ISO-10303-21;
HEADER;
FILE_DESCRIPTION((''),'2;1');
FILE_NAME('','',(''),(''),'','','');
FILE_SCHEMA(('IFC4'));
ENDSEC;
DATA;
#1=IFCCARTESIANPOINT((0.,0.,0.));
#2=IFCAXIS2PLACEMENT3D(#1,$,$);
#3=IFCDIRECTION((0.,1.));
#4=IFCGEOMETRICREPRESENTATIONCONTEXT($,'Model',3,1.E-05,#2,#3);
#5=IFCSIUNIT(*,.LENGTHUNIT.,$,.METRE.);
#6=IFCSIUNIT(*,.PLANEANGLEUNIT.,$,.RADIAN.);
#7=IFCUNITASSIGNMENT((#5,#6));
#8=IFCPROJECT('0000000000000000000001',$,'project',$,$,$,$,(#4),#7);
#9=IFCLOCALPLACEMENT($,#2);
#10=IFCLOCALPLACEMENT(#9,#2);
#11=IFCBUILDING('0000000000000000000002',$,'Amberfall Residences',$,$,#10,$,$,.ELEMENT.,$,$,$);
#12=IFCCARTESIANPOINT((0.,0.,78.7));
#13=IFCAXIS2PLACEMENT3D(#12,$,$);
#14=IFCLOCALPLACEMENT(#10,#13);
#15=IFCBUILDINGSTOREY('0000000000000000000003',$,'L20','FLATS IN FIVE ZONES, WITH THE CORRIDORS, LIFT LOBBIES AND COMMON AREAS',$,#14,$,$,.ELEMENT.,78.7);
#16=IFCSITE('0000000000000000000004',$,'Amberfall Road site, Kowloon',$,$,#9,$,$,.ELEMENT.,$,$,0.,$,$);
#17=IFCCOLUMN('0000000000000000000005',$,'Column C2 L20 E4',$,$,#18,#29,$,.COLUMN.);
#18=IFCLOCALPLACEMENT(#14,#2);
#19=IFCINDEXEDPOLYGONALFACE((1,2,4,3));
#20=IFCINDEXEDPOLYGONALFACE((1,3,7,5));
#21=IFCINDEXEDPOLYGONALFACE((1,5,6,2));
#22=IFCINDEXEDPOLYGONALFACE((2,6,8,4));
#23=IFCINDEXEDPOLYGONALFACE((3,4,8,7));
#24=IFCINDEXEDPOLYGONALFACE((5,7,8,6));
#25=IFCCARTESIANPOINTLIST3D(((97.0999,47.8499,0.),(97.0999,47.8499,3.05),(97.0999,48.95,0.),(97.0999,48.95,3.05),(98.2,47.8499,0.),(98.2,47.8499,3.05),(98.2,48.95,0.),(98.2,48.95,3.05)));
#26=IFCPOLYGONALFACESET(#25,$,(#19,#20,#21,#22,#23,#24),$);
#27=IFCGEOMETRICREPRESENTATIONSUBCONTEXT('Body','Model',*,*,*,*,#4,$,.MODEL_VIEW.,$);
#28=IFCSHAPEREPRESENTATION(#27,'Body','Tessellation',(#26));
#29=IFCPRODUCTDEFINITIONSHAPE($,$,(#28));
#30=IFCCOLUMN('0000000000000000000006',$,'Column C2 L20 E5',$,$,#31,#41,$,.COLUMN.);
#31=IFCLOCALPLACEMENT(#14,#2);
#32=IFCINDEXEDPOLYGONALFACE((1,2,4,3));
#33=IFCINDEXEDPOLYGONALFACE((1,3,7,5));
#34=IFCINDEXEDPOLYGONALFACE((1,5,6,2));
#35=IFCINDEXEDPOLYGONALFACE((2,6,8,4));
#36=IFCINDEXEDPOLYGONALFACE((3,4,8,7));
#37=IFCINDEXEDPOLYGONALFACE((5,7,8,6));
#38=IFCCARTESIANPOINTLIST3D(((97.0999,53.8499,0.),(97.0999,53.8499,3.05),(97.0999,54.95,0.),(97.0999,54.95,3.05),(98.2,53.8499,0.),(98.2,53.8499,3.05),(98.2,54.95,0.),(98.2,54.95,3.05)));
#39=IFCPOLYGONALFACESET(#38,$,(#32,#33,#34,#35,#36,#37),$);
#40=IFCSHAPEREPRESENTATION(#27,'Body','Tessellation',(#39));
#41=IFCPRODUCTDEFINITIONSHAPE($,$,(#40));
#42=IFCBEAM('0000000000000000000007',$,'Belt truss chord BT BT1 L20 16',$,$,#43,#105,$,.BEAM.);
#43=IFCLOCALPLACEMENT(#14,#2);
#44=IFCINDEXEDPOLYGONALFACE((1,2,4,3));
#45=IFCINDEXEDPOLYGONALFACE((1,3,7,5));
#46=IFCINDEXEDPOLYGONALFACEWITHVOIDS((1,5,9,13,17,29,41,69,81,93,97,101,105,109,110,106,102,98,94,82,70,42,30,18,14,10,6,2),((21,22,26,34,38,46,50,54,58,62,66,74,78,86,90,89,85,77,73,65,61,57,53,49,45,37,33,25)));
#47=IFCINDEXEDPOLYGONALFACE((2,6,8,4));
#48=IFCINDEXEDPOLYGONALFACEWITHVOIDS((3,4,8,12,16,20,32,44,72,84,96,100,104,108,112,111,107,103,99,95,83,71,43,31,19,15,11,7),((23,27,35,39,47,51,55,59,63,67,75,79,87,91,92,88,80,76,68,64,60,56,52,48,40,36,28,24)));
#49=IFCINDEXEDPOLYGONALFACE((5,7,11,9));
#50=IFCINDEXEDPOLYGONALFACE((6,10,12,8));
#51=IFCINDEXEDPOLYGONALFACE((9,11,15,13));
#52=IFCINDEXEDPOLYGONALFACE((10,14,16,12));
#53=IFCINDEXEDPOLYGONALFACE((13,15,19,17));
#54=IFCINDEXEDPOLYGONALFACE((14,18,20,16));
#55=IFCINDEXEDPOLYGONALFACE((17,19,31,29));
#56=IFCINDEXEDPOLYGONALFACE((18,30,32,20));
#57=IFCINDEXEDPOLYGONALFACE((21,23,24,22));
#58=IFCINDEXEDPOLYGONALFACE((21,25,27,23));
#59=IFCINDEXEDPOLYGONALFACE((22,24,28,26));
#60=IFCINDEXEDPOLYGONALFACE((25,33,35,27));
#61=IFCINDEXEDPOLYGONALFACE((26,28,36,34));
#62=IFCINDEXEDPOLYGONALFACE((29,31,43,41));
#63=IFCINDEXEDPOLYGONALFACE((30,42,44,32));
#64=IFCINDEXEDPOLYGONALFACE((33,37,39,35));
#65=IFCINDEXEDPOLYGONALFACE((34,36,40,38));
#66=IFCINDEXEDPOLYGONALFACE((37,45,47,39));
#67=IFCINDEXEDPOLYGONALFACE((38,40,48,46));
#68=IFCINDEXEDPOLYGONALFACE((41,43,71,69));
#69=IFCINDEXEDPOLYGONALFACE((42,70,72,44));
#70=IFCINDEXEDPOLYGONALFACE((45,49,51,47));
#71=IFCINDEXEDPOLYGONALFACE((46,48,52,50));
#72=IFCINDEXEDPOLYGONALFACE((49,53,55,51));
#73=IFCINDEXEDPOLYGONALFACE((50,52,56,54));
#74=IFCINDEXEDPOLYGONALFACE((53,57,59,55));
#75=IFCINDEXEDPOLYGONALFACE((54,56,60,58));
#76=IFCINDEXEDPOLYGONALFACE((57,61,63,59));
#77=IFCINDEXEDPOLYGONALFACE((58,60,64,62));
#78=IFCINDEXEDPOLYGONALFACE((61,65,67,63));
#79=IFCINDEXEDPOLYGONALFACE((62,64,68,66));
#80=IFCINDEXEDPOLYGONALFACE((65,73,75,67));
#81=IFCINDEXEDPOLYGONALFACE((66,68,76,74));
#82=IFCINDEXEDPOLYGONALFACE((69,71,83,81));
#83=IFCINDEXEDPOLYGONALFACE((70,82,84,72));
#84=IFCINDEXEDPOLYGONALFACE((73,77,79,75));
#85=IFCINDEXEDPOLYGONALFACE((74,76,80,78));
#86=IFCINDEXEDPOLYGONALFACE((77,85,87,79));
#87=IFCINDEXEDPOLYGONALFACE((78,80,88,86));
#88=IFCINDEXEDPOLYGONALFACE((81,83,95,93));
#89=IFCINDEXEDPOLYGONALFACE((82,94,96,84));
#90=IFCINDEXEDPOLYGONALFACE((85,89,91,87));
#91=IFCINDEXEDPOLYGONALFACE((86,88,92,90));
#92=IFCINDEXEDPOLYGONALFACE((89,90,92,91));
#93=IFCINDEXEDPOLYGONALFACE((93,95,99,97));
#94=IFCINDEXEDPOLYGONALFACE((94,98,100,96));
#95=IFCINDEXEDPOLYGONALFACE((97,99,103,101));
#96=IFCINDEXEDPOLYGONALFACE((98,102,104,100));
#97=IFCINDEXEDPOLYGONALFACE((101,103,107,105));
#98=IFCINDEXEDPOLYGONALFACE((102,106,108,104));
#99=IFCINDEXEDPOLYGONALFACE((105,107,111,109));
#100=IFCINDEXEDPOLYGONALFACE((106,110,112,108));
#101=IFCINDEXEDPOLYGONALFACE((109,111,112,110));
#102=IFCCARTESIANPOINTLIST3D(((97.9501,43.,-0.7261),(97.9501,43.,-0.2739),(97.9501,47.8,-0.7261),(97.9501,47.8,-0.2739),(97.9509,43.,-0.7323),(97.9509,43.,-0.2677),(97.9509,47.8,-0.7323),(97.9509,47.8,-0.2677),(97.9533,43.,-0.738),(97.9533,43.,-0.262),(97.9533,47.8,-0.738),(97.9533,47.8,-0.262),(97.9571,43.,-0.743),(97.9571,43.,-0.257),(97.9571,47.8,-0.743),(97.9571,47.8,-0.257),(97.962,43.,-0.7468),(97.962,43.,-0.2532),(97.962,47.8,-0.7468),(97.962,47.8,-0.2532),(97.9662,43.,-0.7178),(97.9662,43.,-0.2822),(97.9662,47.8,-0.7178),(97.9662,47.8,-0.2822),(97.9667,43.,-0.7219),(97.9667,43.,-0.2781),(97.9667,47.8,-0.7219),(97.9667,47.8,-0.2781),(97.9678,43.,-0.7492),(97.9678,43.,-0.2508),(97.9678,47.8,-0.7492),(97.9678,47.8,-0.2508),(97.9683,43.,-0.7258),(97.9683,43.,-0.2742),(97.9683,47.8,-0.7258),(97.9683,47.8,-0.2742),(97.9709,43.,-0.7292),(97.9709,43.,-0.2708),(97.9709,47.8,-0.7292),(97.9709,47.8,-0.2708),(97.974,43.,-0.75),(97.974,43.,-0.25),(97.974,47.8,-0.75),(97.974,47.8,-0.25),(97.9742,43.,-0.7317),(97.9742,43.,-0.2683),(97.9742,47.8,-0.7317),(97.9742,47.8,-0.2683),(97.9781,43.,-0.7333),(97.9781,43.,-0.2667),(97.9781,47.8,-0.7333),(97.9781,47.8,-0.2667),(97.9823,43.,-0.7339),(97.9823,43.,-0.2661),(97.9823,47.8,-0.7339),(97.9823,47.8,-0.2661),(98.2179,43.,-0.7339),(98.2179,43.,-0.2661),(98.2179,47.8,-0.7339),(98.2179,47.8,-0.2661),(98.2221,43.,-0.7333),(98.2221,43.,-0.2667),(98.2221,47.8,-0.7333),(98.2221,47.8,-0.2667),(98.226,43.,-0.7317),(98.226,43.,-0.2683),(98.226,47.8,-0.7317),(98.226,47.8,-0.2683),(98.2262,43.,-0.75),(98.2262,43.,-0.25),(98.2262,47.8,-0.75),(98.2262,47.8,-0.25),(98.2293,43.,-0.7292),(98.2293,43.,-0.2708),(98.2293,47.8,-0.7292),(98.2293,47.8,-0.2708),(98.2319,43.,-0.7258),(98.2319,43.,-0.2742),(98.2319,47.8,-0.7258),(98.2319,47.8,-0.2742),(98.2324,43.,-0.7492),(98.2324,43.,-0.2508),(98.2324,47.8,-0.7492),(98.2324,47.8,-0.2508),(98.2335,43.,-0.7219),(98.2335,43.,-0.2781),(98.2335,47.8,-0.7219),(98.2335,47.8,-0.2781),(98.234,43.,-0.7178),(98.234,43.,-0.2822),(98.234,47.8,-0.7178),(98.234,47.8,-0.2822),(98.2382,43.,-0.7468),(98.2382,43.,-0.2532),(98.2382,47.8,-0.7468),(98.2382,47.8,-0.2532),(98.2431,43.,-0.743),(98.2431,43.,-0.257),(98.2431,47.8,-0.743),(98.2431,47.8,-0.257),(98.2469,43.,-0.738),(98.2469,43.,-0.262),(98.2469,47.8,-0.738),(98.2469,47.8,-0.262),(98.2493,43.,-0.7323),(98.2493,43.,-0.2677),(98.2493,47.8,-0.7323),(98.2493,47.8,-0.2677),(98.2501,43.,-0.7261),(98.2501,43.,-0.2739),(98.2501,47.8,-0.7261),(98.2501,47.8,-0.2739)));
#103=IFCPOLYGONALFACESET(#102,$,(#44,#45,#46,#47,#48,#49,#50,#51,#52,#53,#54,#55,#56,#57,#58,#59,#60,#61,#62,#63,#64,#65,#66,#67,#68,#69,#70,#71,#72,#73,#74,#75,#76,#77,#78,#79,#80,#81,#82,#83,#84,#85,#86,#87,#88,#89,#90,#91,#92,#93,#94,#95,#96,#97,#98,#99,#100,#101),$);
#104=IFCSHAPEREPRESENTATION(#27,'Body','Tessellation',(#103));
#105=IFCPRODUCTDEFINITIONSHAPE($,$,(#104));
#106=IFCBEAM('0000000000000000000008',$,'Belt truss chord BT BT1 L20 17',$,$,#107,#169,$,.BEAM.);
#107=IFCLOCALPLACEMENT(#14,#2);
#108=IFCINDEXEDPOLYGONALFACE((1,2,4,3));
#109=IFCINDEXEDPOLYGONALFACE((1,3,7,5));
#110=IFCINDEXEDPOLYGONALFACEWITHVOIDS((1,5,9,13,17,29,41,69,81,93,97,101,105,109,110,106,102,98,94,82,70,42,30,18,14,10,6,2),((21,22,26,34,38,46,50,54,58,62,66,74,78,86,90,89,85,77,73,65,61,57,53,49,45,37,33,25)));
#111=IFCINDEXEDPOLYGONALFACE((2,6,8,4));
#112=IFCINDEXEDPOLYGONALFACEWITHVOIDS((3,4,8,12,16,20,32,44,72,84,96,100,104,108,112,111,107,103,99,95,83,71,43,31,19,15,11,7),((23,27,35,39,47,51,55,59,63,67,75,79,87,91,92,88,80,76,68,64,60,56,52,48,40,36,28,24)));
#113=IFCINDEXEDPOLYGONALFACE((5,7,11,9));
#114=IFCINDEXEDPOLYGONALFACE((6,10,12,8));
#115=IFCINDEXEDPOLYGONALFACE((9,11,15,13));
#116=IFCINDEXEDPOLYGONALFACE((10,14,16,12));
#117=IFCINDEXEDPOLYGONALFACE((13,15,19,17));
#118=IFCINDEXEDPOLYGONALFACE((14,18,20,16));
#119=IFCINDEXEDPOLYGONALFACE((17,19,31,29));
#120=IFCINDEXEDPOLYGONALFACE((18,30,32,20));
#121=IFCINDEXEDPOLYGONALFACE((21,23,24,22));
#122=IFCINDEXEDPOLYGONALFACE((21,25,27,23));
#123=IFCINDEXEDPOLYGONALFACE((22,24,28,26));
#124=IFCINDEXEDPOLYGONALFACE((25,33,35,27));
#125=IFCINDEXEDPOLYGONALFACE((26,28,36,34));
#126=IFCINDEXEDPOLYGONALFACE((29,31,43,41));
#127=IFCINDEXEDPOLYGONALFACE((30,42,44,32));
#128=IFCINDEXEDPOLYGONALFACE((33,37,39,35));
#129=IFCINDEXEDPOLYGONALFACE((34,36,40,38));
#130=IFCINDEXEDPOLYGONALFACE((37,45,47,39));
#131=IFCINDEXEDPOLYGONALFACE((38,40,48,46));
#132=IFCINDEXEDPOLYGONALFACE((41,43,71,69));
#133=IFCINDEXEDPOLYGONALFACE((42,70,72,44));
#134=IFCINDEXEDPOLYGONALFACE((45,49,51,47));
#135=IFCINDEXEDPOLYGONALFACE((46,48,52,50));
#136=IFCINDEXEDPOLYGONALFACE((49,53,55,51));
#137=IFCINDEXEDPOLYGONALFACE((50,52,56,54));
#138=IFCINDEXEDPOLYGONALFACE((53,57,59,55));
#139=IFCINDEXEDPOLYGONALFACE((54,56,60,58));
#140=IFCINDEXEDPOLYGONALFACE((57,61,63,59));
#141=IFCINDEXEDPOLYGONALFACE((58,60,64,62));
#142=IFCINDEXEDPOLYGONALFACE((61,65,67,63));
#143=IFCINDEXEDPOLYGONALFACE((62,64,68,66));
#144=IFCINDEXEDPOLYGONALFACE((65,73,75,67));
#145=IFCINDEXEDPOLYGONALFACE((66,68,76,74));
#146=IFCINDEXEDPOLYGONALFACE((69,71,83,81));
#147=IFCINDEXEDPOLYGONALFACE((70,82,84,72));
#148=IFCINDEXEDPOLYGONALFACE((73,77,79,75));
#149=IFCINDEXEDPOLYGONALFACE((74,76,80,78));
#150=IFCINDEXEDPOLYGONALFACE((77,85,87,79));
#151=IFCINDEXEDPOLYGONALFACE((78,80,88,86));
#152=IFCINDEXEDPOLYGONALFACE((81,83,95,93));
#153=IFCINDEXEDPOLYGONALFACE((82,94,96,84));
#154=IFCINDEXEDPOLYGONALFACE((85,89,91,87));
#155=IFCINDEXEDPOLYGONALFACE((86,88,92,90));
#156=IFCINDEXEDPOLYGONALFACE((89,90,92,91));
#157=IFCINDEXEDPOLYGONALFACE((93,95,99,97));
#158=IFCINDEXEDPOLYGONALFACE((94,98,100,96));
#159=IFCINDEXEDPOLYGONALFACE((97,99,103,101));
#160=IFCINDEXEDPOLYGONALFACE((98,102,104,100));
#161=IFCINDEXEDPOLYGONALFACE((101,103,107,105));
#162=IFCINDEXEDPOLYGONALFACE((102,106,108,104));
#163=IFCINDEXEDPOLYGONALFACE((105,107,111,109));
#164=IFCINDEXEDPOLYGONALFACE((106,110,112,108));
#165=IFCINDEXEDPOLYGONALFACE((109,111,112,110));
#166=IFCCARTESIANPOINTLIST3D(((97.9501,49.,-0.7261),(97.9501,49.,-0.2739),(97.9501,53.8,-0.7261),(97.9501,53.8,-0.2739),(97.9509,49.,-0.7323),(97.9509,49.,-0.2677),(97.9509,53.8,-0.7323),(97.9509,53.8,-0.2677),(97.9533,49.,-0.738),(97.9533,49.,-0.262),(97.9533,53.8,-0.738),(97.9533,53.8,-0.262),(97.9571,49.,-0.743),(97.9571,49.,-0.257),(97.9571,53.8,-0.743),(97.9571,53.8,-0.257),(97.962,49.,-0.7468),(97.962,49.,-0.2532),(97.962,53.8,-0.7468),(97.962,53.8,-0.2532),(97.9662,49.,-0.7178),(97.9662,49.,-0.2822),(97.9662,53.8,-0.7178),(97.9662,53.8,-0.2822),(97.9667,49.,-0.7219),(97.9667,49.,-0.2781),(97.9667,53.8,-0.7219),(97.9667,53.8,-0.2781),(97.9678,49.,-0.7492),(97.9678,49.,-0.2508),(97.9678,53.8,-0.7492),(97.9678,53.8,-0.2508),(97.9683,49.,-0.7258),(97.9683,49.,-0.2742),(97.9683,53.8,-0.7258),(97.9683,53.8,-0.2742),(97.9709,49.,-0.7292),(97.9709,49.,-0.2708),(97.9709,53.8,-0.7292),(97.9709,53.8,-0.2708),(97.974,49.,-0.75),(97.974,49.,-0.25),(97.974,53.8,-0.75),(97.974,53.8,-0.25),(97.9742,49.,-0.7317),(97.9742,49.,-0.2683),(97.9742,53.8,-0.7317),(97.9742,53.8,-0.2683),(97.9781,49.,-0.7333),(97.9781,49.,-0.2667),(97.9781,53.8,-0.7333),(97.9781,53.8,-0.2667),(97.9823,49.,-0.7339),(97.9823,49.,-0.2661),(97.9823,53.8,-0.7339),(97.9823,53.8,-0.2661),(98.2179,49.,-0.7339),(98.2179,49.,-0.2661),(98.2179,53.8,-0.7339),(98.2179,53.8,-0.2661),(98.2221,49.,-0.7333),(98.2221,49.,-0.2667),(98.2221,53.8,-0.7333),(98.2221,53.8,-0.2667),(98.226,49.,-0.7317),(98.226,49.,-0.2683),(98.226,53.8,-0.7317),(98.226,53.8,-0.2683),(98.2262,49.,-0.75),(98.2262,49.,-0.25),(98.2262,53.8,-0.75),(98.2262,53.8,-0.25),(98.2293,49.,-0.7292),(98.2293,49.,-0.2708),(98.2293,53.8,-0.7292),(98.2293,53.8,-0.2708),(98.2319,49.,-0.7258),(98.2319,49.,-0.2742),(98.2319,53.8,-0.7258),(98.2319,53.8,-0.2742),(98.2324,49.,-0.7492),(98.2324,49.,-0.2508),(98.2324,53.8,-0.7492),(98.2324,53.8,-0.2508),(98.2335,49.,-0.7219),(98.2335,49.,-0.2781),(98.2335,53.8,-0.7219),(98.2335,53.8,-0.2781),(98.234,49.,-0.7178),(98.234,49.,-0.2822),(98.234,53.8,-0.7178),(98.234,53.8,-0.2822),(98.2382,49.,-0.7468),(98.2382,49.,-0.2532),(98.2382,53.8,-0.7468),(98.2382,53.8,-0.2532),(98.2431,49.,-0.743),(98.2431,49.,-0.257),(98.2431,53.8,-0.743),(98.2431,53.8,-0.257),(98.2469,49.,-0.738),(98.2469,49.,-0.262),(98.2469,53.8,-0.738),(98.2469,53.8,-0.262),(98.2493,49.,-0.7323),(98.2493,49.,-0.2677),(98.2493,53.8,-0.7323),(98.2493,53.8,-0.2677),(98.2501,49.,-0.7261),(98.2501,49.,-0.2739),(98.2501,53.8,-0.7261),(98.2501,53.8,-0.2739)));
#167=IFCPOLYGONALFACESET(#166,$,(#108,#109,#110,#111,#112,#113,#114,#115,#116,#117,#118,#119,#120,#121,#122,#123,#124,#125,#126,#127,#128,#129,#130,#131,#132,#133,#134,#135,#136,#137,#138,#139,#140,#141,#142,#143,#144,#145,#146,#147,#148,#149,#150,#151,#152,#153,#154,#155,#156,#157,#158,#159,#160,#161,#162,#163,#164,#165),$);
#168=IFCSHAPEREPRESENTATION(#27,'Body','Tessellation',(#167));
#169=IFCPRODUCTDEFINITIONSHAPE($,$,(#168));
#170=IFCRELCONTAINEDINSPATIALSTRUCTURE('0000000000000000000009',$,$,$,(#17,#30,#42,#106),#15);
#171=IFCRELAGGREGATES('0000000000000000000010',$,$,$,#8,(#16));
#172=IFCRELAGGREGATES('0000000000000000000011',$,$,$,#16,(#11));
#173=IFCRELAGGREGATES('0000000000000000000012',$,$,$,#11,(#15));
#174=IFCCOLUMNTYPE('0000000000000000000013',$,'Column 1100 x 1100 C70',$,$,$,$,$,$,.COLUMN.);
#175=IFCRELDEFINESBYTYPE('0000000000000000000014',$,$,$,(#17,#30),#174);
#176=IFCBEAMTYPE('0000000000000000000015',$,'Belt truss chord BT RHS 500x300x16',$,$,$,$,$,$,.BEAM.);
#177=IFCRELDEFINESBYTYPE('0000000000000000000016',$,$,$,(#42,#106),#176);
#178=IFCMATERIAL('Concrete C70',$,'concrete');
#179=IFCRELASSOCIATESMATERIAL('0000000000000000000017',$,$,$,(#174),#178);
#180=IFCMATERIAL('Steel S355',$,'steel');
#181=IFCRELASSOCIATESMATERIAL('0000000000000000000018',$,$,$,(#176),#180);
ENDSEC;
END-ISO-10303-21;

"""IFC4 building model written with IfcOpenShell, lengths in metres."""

from ifc_helpers import new_model, si_unit, direction, frame, origin, origin_2d, place, context, subcontext, project, spatial, rectangle, hollow_rectangle, extrude, material, material_profile, profile_set, type_object, element, save


model = new_model("IFC4")

# Units and contexts
model_context = context("Model", 3, precision=1e-05, world=origin(), true_north=direction((0.0, 1.0)))
body_context = subcontext(model_context, "Body", "Model", "MODEL_VIEW")
ifc_project = project(units=[si_unit("LENGTHUNIT", "METRE"), si_unit("PLANEANGLEUNIT", "RADIAN")], contexts=[model_context])

# Site, building, storey
site_placement = place(None, origin())
site = spatial("IfcSite", under=ifc_project, at=site_placement, Name="Amberfall Road site, Kowloon", CompositionType="ELEMENT", RefElevation=0.0)
building_placement = place(site_placement, origin())
building = spatial("IfcBuilding", under=site, at=building_placement, Name="Amberfall Residences", CompositionType="ELEMENT")
storey_placement = place(building_placement, frame((0.0, 0.0, 78.7)))
storey = spatial("IfcBuildingStorey", under=building, at=storey_placement, Name="L20", Description="FLATS IN FIVE ZONES, WITH THE CORRIDORS, LIFT LOBBIES AND COMMON AREAS", CompositionType="ELEMENT", Elevation=78.7)

# Columns
ifc_material_1 = material(Name="Concrete C70", Category="concrete")
ifc_material_profile_1 = material_profile(ifc_material_1, rectangle(XDim=1.1001, YDim=1.1001, at=origin_2d()), Name="Column 1100 x 1100 C70")
ifc_profile_set_1 = profile_set([ifc_material_profile_1], Name="Concrete C70")
column_type = type_object("IfcColumnType", Name="Column 1100 x 1100 C70", PredefinedType="COLUMN", material=ifc_profile_set_1)
for number, where, z_axis, x_axis, name in (
    (1, (97.6499, 48.3999, 0.0), (0.0, 0.0, 1.0), (1.0, 0.0, 0.0), "Column C2 L20 E4"),
    (2, (97.6499, 54.3999, 0.0), (0.0, 0.0, 1.0), (1.0, 0.0, 0.0), "Column C2 L20 E5"),
):
    element("IfcColumn", number, at=place(storey_placement, frame(where, z_axis=z_axis, x_axis=x_axis)), inside=storey, type_object=column_type, Name=name, PredefinedType="COLUMN", context=body_context, shape_type="SweptSolid", body=[
        extrude(rectangle(XDim=1.1001, YDim=1.1001, at=origin_2d()), origin(), (0.0, 0.0, 1.0), 3.05),
    ])

# Beams
ifc_material_2 = material(Name="Steel S355", Category="steel")
ifc_material_profile_2 = material_profile(ifc_material_2, hollow_rectangle(XDim=0.3, YDim=0.5, WallThickness=0.0161, InnerFilletRadius=0.0161, OuterFilletRadius=0.0239, at=origin_2d()), Name="RHS 500x300x16")
ifc_profile_set_2 = profile_set([ifc_material_profile_2], Name="Steel S355")
beam_type_1 = type_object("IfcBeamType", Name="Belt truss chord BT RHS 500x300x16", PredefinedType="BEAM", material=ifc_profile_set_2)
for number, where, z_axis, x_axis, name in (
    (3, (98.1001, 43.0, -0.5), (0.0, 1.0, 0.0), (-1.0, 0.0, 0.0), "Belt truss chord BT BT1 L20 16"),
    (4, (98.1001, 49.0, -0.5), (0.0, 1.0, 0.0), (-1.0, 0.0, 0.0), "Belt truss chord BT BT1 L20 17"),
):
    element("IfcBeam", number, at=place(storey_placement, frame(where, z_axis=z_axis, x_axis=x_axis)), inside=storey, type_object=beam_type_1, Name=name, PredefinedType="BEAM", context=body_context, shape_type="SweptSolid", body=[
        extrude(hollow_rectangle(XDim=0.3, YDim=0.5, WallThickness=0.0161, InnerFilletRadius=0.0161, OuterFilletRadius=0.0239, at=origin_2d()), origin(), (0.0, 0.0, 1.0), 4.8),
    ])

save(model, "model.ifc")
